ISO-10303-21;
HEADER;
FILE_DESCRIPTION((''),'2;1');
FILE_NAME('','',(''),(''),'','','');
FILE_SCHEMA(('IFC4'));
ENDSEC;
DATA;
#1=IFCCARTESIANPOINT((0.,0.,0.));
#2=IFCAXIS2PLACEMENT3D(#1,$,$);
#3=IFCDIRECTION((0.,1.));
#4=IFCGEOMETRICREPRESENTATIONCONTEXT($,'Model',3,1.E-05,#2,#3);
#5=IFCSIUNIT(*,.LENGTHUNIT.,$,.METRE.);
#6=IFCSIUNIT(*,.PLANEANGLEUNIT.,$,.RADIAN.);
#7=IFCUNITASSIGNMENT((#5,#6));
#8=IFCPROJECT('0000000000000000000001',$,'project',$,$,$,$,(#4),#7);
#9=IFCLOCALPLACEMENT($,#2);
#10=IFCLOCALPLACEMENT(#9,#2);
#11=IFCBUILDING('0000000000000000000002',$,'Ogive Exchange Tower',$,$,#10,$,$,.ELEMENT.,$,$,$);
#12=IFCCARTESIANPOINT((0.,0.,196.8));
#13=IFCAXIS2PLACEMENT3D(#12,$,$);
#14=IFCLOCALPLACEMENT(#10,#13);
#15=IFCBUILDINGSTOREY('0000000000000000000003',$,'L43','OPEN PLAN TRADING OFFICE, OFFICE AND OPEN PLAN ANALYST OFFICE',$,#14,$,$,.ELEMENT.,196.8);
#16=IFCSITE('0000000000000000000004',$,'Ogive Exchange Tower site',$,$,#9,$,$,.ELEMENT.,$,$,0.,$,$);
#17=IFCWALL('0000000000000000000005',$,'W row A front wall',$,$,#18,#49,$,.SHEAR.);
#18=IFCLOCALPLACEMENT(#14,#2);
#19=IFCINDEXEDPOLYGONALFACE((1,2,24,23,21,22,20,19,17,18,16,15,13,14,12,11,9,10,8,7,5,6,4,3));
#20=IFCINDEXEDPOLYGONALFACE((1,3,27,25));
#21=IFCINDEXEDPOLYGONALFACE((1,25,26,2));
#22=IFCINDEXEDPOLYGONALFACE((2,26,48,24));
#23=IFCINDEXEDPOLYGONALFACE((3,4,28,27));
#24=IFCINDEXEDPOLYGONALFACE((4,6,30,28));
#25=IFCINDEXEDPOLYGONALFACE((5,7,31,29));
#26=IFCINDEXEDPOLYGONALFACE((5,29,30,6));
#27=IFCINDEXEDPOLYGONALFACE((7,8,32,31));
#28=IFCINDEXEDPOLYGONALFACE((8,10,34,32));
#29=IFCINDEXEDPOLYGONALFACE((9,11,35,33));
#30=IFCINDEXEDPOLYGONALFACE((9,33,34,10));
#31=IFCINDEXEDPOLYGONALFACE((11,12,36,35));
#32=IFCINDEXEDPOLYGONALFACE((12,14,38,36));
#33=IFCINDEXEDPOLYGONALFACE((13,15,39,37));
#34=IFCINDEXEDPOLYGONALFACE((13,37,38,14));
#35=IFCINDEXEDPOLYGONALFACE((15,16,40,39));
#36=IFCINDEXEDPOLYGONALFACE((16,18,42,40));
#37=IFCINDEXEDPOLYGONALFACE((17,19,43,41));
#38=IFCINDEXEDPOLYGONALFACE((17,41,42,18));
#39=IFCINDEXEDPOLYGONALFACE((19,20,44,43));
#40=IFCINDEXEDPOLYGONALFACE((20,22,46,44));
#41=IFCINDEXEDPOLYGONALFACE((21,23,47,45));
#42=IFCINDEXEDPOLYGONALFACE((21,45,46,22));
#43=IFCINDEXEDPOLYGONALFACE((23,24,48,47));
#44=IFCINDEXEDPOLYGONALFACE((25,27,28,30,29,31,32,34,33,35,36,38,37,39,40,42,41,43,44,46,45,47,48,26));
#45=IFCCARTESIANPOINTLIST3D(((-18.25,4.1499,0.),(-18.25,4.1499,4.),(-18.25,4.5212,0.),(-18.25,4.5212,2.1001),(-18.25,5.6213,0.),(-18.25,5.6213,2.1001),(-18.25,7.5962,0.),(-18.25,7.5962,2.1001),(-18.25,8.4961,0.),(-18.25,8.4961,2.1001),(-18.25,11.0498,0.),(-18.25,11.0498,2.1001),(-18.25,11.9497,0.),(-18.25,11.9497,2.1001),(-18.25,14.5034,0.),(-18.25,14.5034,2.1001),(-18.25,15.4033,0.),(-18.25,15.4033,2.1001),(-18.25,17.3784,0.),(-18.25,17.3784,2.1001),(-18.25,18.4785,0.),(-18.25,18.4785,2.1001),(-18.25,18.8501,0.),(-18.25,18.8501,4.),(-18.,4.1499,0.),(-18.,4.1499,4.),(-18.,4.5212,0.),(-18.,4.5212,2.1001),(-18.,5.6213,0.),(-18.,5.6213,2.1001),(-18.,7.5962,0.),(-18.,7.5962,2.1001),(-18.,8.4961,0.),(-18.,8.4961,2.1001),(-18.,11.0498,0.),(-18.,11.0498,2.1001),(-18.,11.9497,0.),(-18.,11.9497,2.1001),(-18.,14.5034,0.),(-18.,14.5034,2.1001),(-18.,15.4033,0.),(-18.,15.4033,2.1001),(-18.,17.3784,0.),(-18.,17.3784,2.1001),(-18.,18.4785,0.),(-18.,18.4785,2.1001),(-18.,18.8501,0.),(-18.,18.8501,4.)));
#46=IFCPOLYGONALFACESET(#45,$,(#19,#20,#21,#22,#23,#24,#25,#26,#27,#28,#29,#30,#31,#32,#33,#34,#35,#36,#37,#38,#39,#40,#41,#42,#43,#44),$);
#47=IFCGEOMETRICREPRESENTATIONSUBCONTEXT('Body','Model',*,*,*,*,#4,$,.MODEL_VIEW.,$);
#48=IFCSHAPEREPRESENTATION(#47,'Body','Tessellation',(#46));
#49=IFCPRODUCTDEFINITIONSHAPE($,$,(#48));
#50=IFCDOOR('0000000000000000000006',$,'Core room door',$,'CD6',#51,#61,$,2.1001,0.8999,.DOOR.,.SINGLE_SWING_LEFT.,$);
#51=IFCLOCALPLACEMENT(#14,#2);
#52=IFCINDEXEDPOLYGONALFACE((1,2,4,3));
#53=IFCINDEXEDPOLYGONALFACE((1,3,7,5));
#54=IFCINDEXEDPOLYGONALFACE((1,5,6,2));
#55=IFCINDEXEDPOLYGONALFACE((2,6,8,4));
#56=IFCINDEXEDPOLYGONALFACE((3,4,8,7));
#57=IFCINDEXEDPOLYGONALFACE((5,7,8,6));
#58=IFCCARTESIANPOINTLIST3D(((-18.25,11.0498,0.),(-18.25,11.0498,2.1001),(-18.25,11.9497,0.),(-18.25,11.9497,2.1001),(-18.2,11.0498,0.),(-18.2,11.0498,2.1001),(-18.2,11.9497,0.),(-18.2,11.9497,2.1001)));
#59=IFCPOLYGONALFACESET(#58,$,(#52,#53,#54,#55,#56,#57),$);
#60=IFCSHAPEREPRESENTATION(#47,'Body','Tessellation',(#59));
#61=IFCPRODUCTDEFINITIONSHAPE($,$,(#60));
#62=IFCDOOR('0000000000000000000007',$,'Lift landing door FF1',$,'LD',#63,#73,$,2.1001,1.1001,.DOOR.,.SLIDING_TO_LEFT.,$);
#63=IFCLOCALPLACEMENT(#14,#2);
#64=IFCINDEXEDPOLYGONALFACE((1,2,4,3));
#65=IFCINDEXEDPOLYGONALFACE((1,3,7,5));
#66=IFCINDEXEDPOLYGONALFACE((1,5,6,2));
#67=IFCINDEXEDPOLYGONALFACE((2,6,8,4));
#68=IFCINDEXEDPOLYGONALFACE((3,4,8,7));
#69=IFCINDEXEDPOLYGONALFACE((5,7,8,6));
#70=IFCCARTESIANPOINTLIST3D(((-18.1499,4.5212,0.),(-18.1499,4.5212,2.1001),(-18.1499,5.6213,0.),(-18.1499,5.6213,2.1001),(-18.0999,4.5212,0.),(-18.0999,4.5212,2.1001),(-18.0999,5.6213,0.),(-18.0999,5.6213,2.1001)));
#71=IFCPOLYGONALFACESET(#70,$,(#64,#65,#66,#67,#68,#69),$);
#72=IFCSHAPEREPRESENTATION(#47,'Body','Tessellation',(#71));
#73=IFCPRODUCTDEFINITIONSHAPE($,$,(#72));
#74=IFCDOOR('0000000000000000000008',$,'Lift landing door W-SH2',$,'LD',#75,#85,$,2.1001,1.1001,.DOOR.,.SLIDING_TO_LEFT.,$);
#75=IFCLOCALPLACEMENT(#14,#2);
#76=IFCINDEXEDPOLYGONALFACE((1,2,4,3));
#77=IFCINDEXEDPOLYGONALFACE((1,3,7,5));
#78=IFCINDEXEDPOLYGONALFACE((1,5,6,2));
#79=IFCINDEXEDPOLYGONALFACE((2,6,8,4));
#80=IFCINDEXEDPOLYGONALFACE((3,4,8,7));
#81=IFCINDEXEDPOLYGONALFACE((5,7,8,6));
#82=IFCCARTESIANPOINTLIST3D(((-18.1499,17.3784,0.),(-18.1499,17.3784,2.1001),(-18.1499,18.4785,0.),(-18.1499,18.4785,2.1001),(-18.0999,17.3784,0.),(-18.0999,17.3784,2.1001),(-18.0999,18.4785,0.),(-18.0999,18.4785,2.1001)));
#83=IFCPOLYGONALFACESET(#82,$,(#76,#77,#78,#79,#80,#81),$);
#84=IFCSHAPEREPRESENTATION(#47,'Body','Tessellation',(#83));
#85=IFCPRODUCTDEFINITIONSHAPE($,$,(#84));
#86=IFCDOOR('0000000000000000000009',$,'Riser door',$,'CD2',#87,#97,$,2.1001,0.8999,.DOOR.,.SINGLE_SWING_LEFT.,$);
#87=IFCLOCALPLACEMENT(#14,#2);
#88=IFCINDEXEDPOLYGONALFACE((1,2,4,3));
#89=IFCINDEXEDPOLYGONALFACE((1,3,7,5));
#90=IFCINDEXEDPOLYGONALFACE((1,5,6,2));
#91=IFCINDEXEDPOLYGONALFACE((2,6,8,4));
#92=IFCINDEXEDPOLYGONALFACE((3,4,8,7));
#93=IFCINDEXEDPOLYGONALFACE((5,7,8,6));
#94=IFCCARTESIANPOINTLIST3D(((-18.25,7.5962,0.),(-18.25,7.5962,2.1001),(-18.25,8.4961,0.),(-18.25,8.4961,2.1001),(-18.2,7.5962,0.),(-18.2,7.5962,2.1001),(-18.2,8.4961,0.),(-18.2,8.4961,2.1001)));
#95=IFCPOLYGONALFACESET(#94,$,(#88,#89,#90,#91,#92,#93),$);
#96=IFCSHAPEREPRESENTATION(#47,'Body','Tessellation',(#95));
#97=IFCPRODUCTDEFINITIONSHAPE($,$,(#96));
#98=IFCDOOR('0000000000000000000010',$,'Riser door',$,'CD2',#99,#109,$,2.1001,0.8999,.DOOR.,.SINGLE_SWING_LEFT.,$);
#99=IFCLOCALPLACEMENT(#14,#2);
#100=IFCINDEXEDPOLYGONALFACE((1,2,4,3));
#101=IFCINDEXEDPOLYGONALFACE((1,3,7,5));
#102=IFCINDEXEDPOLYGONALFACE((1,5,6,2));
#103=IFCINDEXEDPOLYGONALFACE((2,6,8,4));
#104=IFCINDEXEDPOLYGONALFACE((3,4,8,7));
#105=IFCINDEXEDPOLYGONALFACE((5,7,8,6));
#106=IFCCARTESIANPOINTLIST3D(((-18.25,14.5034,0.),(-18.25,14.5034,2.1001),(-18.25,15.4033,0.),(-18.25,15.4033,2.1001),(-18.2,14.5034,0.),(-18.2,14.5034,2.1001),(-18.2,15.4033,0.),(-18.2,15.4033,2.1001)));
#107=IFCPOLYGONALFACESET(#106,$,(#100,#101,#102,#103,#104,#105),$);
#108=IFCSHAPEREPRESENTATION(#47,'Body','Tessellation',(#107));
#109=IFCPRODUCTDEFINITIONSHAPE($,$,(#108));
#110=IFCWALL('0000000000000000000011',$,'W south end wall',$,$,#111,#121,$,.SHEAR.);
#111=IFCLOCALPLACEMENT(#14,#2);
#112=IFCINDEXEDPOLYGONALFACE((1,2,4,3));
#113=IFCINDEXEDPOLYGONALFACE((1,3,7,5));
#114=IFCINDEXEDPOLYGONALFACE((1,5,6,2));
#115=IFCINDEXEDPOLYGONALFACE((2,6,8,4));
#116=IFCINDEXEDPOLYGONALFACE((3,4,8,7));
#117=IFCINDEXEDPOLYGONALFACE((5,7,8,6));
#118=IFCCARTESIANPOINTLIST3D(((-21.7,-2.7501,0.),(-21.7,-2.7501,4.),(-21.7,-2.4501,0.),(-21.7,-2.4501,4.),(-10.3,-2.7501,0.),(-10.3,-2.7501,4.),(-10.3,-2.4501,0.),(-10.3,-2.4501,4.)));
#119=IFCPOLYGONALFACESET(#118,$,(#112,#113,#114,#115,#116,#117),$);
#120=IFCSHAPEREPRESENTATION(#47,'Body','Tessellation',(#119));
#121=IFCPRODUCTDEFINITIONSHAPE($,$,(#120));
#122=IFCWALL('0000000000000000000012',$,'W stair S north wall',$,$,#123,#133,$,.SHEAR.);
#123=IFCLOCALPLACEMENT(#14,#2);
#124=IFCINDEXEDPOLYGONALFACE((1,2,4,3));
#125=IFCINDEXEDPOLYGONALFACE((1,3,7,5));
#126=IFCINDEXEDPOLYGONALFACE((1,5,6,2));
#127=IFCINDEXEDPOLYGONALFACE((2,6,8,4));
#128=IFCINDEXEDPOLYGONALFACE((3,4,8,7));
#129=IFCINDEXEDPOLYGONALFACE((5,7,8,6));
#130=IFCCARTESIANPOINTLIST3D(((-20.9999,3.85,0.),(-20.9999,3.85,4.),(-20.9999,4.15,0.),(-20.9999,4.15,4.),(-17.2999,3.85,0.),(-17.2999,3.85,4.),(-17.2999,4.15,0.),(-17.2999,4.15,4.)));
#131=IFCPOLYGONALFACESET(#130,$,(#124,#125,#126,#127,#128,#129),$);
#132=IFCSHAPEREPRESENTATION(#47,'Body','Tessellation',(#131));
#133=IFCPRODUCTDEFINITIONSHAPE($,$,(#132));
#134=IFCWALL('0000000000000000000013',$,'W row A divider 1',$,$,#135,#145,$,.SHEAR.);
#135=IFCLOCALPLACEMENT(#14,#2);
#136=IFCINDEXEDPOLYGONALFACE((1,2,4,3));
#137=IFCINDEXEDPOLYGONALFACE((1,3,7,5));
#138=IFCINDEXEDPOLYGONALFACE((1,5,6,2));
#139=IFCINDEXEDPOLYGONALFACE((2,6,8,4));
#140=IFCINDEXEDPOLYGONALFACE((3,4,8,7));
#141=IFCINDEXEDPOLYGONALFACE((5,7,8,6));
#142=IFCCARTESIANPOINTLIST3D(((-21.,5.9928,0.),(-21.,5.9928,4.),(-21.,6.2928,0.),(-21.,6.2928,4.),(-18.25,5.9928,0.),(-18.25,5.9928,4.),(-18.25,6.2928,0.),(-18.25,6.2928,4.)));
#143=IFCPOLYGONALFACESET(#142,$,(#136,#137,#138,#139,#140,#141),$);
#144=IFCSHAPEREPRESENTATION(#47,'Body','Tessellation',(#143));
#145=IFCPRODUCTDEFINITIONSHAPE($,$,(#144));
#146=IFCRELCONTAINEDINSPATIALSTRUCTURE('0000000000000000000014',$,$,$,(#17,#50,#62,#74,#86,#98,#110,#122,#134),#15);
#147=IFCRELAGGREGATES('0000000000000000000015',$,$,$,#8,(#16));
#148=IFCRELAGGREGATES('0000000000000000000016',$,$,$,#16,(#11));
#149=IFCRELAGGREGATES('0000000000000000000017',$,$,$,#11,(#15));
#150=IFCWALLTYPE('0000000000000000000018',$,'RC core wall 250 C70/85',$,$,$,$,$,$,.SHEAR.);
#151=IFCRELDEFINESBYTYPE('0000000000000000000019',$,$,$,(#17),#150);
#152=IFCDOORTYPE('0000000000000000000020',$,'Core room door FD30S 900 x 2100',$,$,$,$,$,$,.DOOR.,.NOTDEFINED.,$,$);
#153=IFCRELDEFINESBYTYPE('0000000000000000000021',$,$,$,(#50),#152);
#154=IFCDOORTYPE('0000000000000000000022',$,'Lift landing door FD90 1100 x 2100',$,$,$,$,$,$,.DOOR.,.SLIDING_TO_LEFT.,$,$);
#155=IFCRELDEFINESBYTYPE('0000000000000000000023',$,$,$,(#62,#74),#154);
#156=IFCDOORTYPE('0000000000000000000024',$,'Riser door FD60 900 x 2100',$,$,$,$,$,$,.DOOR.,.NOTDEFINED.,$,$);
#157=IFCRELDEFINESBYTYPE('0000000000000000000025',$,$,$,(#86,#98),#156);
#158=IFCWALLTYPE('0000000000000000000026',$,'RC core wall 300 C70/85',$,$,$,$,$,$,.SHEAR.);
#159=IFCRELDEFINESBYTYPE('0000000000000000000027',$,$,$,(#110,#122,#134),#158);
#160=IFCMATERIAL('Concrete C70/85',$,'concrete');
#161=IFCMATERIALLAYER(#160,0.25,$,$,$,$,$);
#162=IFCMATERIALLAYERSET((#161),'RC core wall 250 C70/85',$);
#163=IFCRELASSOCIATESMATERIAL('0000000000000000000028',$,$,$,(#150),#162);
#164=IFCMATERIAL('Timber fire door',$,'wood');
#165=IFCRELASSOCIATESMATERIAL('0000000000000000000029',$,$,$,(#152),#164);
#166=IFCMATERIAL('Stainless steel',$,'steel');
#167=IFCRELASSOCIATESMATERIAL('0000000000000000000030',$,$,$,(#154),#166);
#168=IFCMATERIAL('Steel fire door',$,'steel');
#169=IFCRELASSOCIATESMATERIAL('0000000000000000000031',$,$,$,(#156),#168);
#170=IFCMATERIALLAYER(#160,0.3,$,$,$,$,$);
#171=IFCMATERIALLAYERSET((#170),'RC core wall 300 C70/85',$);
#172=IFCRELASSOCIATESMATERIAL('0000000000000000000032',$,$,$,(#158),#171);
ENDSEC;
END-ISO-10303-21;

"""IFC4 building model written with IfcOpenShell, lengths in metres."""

from ifc_helpers import new_model, si_unit, direction, frame, frame_2d, origin, place, context, subcontext, project, spatial, rectangle, extrude, material, layer, layer_set, type_object, element, fill, save


model = new_model("IFC4")

# Units and contexts
model_context = context("Model", 3, precision=1e-05, world=origin(), true_north=direction((0.0, 1.0)))
body_context = subcontext(model_context, "Body", "Model", "MODEL_VIEW")
ifc_project = project(units=[si_unit("LENGTHUNIT", "METRE"), si_unit("PLANEANGLEUNIT", "RADIAN")], contexts=[model_context])

# Site, building, storey
site_placement = place(None, origin())
site = spatial("IfcSite", under=ifc_project, at=site_placement, Name="Ogive Exchange Tower site", CompositionType="ELEMENT", RefElevation=0.0)
building_placement = place(site_placement, origin())
building = spatial("IfcBuilding", under=site, at=building_placement, Name="Ogive Exchange Tower", CompositionType="ELEMENT")
storey_placement = place(building_placement, frame((0.0, 0.0, 196.8)))
storey = spatial("IfcBuildingStorey", under=building, at=storey_placement, Name="L43", Description="OPEN PLAN TRADING OFFICE, OFFICE AND OPEN PLAN ANALYST OFFICE", CompositionType="ELEMENT", Elevation=196.8)

# Shared definitions
ifc_material_1 = material(Name="Concrete C70/85", Category="concrete")
ifc_material_2 = material(Name="Steel fire door", Category="steel")
ifc_layer_1 = layer(ifc_material_1, 0.25)
ifc_layer_set_1 = layer_set([ifc_layer_1], Name="RC core wall 250 C70/85")
wall_type_1 = type_object("IfcWallType", Name="RC core wall 250 C70/85", PredefinedType="SHEAR", material=ifc_layer_set_1)

# Wall, openings, doors
wall_1_placement = place(storey_placement, frame((-18.125, 4.1499, 0.0), z_axis=(0.0, 0.0, 1.0), x_axis=(0.0, 1.0, 0.0)))
wall_1 = element("IfcWall", 1, at=wall_1_placement, inside=storey, type_object=wall_type_1, Name="W row A front wall", PredefinedType="SHEAR", context=body_context, shape_type="SweptSolid", body=[
    extrude(rectangle(XDim=14.7002, YDim=0.25, at=frame_2d((7.3501, 0.0))), origin(), (0.0, 0.0, 1.0), 4.0),
])
opening_1_placement = place(wall_1_placement, frame((3.4463, 0.0, 0.0)))
opening_1 = element("IfcOpeningElement", 2, at=opening_1_placement, cuts=wall_1, PredefinedType="OPENING", context=body_context, shape_type="SweptSolid", body=[
    extrude(rectangle(XDim=0.8999, YDim=2.1001, at=frame_2d((0.45, 1.05))), frame((0.0, 0.135, 0.0), z_axis=(0.0, -1.0, 0.0), x_axis=(1.0, 0.0, 0.0)), (0.0, 0.0, 1.0), 0.27),
])
opening_2_placement = place(wall_1_placement, frame((6.8999, 0.0, 0.0)))
opening_2 = element("IfcOpeningElement", 3, at=opening_2_placement, cuts=wall_1, PredefinedType="OPENING", context=body_context, shape_type="SweptSolid", body=[
    extrude(rectangle(XDim=0.8999, YDim=2.1001, at=frame_2d((0.45, 1.05))), frame((0.0, 0.135, 0.0), z_axis=(0.0, -1.0, 0.0), x_axis=(1.0, 0.0, 0.0)), (0.0, 0.0, 1.0), 0.27),
])
opening_3_placement = place(wall_1_placement, frame((10.3535, 0.0, 0.0)))
opening_3 = element("IfcOpeningElement", 4, at=opening_3_placement, cuts=wall_1, PredefinedType="OPENING", context=body_context, shape_type="SweptSolid", body=[
    extrude(rectangle(XDim=0.8999, YDim=2.1001, at=frame_2d((0.45, 1.05))), frame((0.0, 0.135, 0.0), z_axis=(0.0, -1.0, 0.0), x_axis=(1.0, 0.0, 0.0)), (0.0, 0.0, 1.0), 0.27),
])
opening_4_placement = place(wall_1_placement, frame((0.3713, 0.0, 0.0)))
opening_4 = element("IfcOpeningElement", 5, at=opening_4_placement, cuts=wall_1, PredefinedType="OPENING", context=body_context, shape_type="SweptSolid", body=[
    extrude(rectangle(XDim=1.1001, YDim=2.1001, at=frame_2d((0.55, 1.05))), frame((0.0, 0.135, 0.0), z_axis=(0.0, -1.0, 0.0), x_axis=(1.0, 0.0, 0.0)), (0.0, 0.0, 1.0), 0.27),
])
opening_5_placement = place(wall_1_placement, frame((13.2285, 0.0, 0.0)))
opening_5 = element("IfcOpeningElement", 6, at=opening_5_placement, cuts=wall_1, PredefinedType="OPENING", context=body_context, shape_type="SweptSolid", body=[
    extrude(rectangle(XDim=1.1001, YDim=2.1001, at=frame_2d((0.55, 1.05))), frame((0.0, 0.135, 0.0), z_axis=(0.0, -1.0, 0.0), x_axis=(1.0, 0.0, 0.0)), (0.0, 0.0, 1.0), 0.27),
])
ifc_material_3 = material(Name="Timber fire door", Category="wood")
door_type_1 = type_object("IfcDoorType", Name="Core room door FD30S 900 x 2100", OperationType="NOTDEFINED", PredefinedType="DOOR", material=ifc_material_3)
door_1_placement = place(opening_2_placement, origin())
door_1 = element("IfcDoor", 7, at=door_1_placement, inside=storey, type_object=door_type_1, Name="Core room door", ObjectType="CD6", OperationType="SINGLE_SWING_LEFT", OverallHeight=2.1001, OverallWidth=0.8999, PredefinedType="DOOR", context=body_context, shape_type="SweptSolid", body=[
    extrude(rectangle(XDim=0.8999, YDim=2.1001, at=frame_2d((0.45, 1.05))), frame((0.0, 0.125, 0.0), z_axis=(0.0, -1.0, 0.0), x_axis=(1.0, 0.0, 0.0)), (0.0, 0.0, 1.0), 0.05),
])
fill(opening_2, door_1)
ifc_material_4 = material(Name="Stainless steel", Category="steel")
door_type_2 = type_object("IfcDoorType", Name="Lift landing door FD90 1100 x 2100", OperationType="SLIDING_TO_LEFT", PredefinedType="DOOR", material=ifc_material_4)
door_2_placement = place(opening_4_placement, origin())
door_2 = element("IfcDoor", 8, at=door_2_placement, inside=storey, type_object=door_type_2, Name="Lift landing door FF1", ObjectType="LD", OperationType="SLIDING_TO_LEFT", OverallHeight=2.1001, OverallWidth=1.1001, PredefinedType="DOOR", context=body_context, shape_type="SweptSolid", body=[
    extrude(rectangle(XDim=1.1001, YDim=2.1001, at=frame_2d((0.55, 1.05))), frame((0.0, 0.0249, 0.0), z_axis=(0.0, -1.0, 0.0), x_axis=(1.0, 0.0, 0.0)), (0.0, 0.0, 1.0), 0.05),
])
fill(opening_4, door_2)
door_3_placement = place(opening_5_placement, origin())
door_3 = element("IfcDoor", 9, at=door_3_placement, inside=storey, type_object=door_type_2, Name="Lift landing door W-SH2", ObjectType="LD", OperationType="SLIDING_TO_LEFT", OverallHeight=2.1001, OverallWidth=1.1001, PredefinedType="DOOR", context=body_context, shape_type="SweptSolid", body=[
    extrude(rectangle(XDim=1.1001, YDim=2.1001, at=frame_2d((0.55, 1.05))), frame((0.0, 0.0249, 0.0), z_axis=(0.0, -1.0, 0.0), x_axis=(1.0, 0.0, 0.0)), (0.0, 0.0, 1.0), 0.05),
])
fill(opening_5, door_3)
door_type_3 = type_object("IfcDoorType", Name="Riser door FD60 900 x 2100", OperationType="NOTDEFINED", PredefinedType="DOOR", material=ifc_material_2)
door_4_placement = place(opening_1_placement, origin())
door_4 = element("IfcDoor", 10, at=door_4_placement, inside=storey, type_object=door_type_3, Name="Riser door", ObjectType="CD2", OperationType="SINGLE_SWING_LEFT", OverallHeight=2.1001, OverallWidth=0.8999, PredefinedType="DOOR", context=body_context, shape_type="SweptSolid", body=[
    extrude(rectangle(XDim=0.8999, YDim=2.1001, at=frame_2d((0.45, 1.05))), frame((0.0, 0.125, 0.0), z_axis=(0.0, -1.0, 0.0), x_axis=(1.0, 0.0, 0.0)), (0.0, 0.0, 1.0), 0.05),
])
fill(opening_1, door_4)
door_5_placement = place(opening_3_placement, origin())
door_5 = element("IfcDoor", 11, at=door_5_placement, inside=storey, type_object=door_type_3, Name="Riser door", ObjectType="CD2", OperationType="SINGLE_SWING_LEFT", OverallHeight=2.1001, OverallWidth=0.8999, PredefinedType="DOOR", context=body_context, shape_type="SweptSolid", body=[
    extrude(rectangle(XDim=0.8999, YDim=2.1001, at=frame_2d((0.45, 1.05))), frame((0.0, 0.125, 0.0), z_axis=(0.0, -1.0, 0.0), x_axis=(1.0, 0.0, 0.0)), (0.0, 0.0, 1.0), 0.05),
])
fill(opening_3, door_5)

# Walls
ifc_layer_2 = layer(ifc_material_1, 0.3)
ifc_layer_set_2 = layer_set([ifc_layer_2], Name="RC core wall 300 C70/85")
wall_type_2 = type_object("IfcWallType", Name="RC core wall 300 C70/85", PredefinedType="SHEAR", material=ifc_layer_set_2)
wall_2_placement = place(storey_placement, frame((-21.7, -2.6001, 0.0), z_axis=(0.0, 0.0, 1.0), x_axis=(1.0, 0.0, 0.0)))
element("IfcWall", 12, at=wall_2_placement, inside=storey, type_object=wall_type_2, Name="W south end wall", PredefinedType="SHEAR", context=body_context, shape_type="SweptSolid", body=[
    extrude(rectangle(XDim=11.3999, YDim=0.3, at=frame_2d((5.7, 0.0))), origin(), (0.0, 0.0, 1.0), 4.0),
])
wall_3_placement = place(storey_placement, frame((-21.0, 4.0, 0.0), z_axis=(0.0, 0.0, 1.0), x_axis=(1.0, 0.0, 0.0)))
element("IfcWall", 13, at=wall_3_placement, inside=storey, type_object=wall_type_2, Name="W stair S north wall", PredefinedType="SHEAR", context=body_context, shape_type="SweptSolid", body=[
    extrude(rectangle(XDim=3.7, YDim=0.3, at=frame_2d((1.8501, 0.0))), origin(), (0.0, 0.0, 1.0), 4.0),
])
wall_4_placement = place(storey_placement, frame((-21.0, 6.1428, 0.0), z_axis=(0.0, 0.0, 1.0), x_axis=(1.0, 0.0, 0.0)))
element("IfcWall", 14, at=wall_4_placement, inside=storey, type_object=wall_type_2, Name="W row A divider 1", PredefinedType="SHEAR", context=body_context, shape_type="SweptSolid", body=[
    extrude(rectangle(XDim=2.75, YDim=0.3, at=frame_2d((1.375, 0.0))), origin(), (0.0, 0.0, 1.0), 4.0),
])

save(model, "model.ifc")
